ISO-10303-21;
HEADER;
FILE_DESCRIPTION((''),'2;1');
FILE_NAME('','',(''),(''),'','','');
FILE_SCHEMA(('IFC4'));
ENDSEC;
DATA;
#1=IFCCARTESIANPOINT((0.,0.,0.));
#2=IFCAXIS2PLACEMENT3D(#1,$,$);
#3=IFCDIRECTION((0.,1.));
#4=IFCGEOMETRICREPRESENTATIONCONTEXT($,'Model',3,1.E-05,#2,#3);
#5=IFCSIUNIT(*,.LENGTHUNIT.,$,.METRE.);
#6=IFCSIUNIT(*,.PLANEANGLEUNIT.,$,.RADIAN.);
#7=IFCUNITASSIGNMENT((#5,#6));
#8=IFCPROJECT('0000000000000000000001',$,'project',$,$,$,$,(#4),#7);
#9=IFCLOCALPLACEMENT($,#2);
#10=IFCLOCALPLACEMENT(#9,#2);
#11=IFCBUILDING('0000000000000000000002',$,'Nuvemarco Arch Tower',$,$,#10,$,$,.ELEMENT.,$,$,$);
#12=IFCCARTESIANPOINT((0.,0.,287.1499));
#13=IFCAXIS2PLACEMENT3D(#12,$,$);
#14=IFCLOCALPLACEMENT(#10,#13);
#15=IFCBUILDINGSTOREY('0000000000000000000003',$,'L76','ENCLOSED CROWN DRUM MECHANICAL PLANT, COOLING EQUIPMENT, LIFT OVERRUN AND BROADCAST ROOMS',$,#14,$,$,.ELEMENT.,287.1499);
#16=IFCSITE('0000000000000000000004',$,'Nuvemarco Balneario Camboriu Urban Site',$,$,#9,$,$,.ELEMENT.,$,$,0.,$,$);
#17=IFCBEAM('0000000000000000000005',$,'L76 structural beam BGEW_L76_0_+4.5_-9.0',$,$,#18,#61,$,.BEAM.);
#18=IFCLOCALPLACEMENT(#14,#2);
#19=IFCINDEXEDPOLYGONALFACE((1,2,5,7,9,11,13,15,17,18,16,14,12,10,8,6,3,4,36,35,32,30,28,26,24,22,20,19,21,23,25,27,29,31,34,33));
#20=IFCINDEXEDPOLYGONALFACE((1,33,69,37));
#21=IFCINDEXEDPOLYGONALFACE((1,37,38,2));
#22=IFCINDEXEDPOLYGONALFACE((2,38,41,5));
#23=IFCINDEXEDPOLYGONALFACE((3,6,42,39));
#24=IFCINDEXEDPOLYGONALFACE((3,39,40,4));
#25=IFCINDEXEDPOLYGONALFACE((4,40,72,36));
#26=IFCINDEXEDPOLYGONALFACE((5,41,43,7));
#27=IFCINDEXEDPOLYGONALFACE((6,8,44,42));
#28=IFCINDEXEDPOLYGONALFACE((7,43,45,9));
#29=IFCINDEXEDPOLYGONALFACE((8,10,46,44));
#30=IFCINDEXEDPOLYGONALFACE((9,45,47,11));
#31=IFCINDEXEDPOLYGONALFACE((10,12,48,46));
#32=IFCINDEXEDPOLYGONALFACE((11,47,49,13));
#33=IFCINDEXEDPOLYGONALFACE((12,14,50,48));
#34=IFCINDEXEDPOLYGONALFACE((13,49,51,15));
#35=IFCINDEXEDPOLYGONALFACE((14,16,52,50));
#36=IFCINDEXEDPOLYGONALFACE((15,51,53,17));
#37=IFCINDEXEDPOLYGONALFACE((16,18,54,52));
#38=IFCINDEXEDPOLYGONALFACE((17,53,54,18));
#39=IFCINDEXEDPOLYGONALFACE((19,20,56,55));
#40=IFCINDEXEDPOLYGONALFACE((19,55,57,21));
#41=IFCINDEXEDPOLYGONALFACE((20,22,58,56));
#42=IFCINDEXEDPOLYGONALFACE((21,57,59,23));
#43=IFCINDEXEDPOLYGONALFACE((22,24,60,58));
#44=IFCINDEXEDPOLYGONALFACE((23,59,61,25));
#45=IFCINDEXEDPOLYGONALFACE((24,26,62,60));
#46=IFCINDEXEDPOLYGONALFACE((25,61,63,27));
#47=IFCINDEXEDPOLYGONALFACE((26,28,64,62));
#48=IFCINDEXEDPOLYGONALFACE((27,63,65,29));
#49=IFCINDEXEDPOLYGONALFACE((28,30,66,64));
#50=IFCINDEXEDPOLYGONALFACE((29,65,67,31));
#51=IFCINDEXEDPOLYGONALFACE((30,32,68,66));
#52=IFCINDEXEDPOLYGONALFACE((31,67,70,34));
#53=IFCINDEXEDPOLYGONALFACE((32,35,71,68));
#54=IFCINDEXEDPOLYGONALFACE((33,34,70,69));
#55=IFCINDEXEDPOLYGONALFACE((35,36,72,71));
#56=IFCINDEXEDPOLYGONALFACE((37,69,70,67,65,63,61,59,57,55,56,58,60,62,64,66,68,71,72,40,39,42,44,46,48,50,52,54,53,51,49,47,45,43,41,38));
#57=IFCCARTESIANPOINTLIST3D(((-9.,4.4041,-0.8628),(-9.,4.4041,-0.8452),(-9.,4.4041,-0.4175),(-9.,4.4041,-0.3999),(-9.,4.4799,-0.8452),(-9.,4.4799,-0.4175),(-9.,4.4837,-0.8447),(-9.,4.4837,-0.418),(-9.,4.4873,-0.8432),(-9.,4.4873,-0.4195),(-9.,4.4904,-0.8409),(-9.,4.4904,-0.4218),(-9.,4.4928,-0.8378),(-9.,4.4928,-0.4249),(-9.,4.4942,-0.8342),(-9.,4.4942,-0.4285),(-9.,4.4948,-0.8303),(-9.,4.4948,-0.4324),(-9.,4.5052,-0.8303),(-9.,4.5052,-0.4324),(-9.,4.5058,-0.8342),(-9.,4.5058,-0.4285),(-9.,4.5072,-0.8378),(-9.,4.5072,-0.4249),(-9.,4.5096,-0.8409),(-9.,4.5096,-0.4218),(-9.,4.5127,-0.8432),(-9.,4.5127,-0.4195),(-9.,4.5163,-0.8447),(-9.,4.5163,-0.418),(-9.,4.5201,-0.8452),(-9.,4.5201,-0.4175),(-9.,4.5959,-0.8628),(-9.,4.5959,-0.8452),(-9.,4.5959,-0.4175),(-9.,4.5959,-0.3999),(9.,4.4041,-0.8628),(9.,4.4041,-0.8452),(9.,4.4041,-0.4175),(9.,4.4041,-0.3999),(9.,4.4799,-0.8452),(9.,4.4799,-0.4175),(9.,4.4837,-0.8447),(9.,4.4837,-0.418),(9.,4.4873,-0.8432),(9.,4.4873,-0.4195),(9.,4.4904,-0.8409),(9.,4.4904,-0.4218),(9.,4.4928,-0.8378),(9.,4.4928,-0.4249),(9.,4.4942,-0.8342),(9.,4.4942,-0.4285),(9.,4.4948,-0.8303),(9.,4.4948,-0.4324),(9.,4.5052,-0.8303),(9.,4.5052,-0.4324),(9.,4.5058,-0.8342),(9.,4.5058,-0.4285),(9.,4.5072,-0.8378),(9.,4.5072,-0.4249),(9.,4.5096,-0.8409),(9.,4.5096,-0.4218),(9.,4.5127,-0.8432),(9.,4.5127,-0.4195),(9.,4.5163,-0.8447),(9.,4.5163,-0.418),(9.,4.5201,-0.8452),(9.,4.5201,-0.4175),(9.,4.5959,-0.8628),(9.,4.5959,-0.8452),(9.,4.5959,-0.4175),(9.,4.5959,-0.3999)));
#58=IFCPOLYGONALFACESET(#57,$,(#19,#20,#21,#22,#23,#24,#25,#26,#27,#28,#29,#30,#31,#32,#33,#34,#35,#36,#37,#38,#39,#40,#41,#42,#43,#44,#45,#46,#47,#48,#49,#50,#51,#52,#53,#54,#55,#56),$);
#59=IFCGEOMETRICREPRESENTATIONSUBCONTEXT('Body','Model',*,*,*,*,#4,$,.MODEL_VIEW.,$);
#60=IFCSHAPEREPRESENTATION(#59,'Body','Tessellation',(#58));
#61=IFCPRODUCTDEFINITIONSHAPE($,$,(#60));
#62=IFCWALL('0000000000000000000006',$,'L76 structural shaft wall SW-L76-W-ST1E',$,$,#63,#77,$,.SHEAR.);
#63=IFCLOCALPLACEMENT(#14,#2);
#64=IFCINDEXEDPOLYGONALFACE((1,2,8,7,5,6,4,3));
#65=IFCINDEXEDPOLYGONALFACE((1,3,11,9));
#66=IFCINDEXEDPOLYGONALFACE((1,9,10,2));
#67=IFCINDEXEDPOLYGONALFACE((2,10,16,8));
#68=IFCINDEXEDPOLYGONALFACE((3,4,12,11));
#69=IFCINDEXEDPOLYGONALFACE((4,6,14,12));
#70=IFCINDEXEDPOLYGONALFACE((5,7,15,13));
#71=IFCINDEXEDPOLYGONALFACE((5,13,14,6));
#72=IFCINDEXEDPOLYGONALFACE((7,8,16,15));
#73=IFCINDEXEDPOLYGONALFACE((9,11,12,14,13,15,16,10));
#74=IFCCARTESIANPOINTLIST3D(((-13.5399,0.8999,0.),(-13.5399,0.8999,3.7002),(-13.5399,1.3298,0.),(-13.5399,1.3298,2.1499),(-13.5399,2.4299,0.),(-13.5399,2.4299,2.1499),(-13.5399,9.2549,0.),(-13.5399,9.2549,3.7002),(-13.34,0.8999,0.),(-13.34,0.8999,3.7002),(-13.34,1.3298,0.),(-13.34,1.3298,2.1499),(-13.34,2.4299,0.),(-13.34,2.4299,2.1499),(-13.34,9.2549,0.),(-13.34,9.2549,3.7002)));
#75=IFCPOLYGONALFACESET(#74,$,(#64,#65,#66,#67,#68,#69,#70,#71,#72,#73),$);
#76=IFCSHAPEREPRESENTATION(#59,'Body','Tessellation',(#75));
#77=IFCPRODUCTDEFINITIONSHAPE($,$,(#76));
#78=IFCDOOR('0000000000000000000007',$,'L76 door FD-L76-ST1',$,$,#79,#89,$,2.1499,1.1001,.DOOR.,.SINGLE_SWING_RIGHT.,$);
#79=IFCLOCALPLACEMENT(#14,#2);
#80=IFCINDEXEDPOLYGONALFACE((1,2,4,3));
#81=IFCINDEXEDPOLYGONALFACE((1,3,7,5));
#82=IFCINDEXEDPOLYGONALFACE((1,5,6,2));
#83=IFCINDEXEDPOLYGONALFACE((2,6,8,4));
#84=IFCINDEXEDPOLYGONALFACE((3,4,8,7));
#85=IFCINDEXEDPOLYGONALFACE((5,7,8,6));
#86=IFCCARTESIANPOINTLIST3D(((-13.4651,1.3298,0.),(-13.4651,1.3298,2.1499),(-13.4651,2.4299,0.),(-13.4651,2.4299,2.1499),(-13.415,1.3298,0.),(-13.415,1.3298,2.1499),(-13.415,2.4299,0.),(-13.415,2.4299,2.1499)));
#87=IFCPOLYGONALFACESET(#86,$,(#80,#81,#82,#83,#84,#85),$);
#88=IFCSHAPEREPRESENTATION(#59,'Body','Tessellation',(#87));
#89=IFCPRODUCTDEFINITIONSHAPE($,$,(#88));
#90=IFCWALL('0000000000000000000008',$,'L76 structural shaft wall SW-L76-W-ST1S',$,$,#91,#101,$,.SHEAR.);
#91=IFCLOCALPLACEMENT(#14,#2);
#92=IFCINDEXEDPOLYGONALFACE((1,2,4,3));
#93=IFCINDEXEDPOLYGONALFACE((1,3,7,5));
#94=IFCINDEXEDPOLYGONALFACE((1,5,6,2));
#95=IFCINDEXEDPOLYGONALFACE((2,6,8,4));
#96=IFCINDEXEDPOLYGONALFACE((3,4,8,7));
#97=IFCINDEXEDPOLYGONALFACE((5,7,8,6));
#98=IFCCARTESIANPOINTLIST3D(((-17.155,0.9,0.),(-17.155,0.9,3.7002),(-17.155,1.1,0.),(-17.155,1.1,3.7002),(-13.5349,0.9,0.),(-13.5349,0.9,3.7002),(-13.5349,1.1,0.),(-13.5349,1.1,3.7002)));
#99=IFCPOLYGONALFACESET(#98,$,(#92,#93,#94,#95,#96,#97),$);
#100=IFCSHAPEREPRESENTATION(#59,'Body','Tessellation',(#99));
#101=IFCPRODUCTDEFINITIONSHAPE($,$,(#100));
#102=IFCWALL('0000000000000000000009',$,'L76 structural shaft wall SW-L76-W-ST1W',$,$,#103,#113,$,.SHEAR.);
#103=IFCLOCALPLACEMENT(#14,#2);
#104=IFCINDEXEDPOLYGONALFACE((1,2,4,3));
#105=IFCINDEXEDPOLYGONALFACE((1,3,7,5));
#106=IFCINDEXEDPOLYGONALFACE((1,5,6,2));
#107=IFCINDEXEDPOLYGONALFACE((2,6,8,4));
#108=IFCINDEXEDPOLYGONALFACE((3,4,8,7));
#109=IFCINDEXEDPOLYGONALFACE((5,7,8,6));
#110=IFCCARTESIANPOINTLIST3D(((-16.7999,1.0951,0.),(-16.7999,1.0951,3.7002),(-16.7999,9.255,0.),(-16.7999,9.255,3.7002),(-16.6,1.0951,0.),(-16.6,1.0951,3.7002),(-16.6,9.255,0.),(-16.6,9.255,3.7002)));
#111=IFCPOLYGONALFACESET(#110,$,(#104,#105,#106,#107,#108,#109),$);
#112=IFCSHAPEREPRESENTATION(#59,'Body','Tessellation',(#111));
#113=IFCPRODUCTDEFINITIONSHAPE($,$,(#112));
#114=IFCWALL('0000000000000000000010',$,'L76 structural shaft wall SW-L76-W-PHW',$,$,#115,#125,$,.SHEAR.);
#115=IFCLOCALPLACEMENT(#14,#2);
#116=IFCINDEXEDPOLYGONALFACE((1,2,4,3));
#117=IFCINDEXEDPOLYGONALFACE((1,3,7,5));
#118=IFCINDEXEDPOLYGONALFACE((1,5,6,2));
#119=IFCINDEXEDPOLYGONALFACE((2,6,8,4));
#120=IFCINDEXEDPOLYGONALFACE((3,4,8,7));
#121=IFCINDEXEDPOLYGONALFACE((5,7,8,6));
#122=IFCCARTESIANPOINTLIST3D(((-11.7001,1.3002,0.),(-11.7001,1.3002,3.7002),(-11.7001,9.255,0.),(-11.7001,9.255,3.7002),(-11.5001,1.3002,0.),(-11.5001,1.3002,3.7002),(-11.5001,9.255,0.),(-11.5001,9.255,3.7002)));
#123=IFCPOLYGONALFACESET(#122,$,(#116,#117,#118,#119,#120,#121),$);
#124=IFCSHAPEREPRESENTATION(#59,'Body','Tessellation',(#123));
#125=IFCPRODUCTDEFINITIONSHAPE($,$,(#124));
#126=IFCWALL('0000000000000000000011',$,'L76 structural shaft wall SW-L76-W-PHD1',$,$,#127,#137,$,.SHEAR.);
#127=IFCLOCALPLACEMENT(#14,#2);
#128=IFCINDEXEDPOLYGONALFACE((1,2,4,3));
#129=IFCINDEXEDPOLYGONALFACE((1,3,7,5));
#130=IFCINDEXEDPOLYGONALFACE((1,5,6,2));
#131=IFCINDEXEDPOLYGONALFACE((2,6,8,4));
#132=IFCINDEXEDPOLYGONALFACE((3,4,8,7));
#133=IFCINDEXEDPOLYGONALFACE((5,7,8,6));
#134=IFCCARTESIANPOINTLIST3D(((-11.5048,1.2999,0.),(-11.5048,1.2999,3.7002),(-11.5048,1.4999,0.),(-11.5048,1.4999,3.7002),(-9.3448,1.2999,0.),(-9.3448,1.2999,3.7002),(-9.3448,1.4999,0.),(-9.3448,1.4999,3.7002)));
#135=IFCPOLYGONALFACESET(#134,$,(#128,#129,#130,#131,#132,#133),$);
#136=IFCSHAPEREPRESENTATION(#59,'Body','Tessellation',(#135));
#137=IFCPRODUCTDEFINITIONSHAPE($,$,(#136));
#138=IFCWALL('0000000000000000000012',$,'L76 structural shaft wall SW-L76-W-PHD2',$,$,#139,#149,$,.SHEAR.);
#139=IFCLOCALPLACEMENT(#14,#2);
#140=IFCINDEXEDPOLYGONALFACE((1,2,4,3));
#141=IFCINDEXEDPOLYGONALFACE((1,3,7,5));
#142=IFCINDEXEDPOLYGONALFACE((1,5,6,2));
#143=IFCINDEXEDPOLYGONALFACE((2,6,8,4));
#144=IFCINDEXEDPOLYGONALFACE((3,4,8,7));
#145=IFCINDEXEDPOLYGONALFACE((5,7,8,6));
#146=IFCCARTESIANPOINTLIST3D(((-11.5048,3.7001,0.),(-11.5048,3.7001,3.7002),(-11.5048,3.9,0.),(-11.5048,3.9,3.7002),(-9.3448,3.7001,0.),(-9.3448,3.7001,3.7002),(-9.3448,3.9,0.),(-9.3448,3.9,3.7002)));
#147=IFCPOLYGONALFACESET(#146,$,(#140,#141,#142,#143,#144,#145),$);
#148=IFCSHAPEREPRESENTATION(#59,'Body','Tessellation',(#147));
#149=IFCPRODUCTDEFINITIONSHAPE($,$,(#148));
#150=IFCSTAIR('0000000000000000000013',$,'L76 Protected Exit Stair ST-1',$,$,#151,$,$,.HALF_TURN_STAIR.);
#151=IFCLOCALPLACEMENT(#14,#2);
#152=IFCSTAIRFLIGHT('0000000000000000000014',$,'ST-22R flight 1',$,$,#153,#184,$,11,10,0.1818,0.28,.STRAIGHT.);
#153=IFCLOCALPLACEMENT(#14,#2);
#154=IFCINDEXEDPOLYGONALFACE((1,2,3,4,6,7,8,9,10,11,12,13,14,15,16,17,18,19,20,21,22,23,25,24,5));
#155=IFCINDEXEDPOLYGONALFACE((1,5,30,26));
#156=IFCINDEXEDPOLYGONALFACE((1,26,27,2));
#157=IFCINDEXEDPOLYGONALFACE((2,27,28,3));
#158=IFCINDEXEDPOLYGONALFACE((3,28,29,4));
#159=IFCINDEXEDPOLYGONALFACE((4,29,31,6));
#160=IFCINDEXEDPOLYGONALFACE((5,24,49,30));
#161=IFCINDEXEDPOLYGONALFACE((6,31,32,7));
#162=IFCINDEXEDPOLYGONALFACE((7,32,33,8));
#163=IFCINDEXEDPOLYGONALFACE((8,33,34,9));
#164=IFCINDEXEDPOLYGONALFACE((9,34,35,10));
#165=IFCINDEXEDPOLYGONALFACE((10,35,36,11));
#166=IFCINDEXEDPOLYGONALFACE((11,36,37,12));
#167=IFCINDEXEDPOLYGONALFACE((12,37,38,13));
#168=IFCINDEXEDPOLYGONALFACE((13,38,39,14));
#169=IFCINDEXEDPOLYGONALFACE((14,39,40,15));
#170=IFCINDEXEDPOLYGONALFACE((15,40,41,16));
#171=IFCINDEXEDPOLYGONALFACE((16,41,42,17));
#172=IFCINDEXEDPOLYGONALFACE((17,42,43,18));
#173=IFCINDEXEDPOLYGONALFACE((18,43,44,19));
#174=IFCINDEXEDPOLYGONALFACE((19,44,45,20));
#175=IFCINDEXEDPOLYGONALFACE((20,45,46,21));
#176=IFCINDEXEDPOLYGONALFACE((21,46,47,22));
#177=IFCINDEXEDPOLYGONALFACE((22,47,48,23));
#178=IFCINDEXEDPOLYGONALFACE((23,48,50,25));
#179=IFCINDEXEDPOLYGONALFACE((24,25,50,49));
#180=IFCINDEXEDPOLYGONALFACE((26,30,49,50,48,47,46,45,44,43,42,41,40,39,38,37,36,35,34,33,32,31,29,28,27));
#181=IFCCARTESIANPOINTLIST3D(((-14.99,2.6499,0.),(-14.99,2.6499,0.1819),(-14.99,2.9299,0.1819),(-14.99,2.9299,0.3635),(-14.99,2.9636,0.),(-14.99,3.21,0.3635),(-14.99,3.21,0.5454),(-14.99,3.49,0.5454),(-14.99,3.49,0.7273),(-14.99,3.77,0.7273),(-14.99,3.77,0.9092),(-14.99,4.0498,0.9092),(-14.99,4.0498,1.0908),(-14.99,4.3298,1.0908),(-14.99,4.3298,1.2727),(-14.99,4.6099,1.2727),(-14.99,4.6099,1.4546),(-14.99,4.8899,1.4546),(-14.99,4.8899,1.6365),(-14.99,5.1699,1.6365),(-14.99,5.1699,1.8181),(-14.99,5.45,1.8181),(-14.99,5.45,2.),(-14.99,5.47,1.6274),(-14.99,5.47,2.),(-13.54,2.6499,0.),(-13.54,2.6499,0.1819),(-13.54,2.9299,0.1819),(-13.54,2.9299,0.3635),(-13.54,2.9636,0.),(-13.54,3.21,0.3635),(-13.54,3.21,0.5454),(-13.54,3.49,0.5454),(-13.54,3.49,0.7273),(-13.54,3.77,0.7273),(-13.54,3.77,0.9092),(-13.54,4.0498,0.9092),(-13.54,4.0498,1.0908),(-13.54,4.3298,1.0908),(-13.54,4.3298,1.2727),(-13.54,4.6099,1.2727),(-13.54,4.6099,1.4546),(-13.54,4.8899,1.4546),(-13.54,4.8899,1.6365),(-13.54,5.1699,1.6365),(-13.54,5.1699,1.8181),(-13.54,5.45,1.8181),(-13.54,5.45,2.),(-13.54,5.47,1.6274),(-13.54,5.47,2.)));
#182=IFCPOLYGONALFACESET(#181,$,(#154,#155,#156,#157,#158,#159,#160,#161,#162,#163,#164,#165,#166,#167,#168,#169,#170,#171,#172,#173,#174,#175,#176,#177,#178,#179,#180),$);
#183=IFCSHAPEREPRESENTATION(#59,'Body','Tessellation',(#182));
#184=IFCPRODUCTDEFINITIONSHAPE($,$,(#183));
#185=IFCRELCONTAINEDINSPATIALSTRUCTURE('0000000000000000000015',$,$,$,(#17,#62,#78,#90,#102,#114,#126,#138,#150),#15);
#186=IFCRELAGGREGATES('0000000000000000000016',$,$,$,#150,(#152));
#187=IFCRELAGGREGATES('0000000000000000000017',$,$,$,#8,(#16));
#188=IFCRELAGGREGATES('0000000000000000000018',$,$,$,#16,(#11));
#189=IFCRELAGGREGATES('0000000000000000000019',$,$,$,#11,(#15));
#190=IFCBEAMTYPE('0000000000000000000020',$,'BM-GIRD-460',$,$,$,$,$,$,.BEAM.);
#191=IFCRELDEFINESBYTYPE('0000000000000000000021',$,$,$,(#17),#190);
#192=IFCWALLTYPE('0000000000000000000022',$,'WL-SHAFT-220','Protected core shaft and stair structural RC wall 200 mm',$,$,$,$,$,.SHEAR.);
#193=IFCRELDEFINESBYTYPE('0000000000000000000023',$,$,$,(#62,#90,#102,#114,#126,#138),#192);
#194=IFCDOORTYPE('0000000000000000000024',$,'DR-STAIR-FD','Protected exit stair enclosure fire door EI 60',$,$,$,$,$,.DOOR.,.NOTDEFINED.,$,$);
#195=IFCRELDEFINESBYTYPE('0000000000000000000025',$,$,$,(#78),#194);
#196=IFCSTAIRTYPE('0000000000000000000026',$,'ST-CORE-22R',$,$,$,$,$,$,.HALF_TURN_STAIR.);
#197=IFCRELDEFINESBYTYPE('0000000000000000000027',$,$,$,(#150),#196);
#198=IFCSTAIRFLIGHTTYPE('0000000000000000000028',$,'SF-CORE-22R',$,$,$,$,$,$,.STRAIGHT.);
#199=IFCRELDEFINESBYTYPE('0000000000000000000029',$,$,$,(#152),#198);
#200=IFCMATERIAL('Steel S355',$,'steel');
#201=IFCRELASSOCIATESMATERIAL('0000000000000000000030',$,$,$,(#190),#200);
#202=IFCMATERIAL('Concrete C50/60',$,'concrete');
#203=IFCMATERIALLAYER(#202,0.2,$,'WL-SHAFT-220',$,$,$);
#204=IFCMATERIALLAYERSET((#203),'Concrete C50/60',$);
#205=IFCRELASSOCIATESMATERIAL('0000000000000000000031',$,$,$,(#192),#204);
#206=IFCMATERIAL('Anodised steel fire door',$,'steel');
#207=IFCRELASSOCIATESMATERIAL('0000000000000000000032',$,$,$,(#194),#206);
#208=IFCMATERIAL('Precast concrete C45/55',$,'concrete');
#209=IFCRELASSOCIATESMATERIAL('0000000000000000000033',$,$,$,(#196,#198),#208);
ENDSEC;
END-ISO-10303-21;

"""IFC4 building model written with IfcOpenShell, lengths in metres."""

from ifc_helpers import new_model, si_unit, direction, frame, frame_2d, origin, origin_2d, place, context, subcontext, project, spatial, polyline, rectangle, i_section, outline, extrude, source, transform, mapped, material, layer, layer_set, material_profile, profile_set, type_object, type_shapes, element, fill, aggregate, save


model = new_model("IFC4")

# Units and contexts
model_context = context("Model", 3, precision=1e-05, world=origin(), true_north=direction((0.0, 1.0)))
body_context = subcontext(model_context, "Body", "Model", "MODEL_VIEW")
ifc_project = project(units=[si_unit("LENGTHUNIT", "METRE"), si_unit("PLANEANGLEUNIT", "RADIAN")], contexts=[model_context])

# Site, building, storey
site_placement = place(None, origin())
site = spatial("IfcSite", under=ifc_project, at=site_placement, Name="Nuvemarco Balneario Camboriu Urban Site", CompositionType="ELEMENT", RefElevation=0.0)
building_placement = place(site_placement, origin())
building = spatial("IfcBuilding", under=site, at=building_placement, Name="Nuvemarco Arch Tower", CompositionType="ELEMENT")
storey_placement = place(building_placement, frame((0.0, 0.0, 287.1499)))
storey = spatial("IfcBuildingStorey", under=building, at=storey_placement, Name="L76", Description="ENCLOSED CROWN DRUM MECHANICAL PLANT, COOLING EQUIPMENT, LIFT OVERRUN AND BROADCAST ROOMS", CompositionType="ELEMENT", Elevation=287.1499)

# Shared definitions
ifc_material_1 = material(Name="Concrete C50/60", Category="concrete")

# Beam
ifc_material_2 = material(Name="Steel S355", Category="steel")
ifc_material_profile_1 = material_profile(ifc_material_2, i_section(OverallWidth=0.1919, OverallDepth=0.4629, WebThickness=0.0105, FlangeThickness=0.0176, FilletRadius=0.0149, at=origin_2d()), Name="W460x89")
ifc_profile_set_1 = profile_set([ifc_material_profile_1], Name="Steel S355")
beam_type = type_object("IfcBeamType", Name="BM-GIRD-460", PredefinedType="BEAM", material=ifc_profile_set_1)
beam_1_placement = place(storey_placement, frame((-9.0, 4.5, -0.6313), z_axis=(1.0, 0.0, 0.0), x_axis=(0.0, 1.0, 0.0)))
element("IfcBeam", 1, at=beam_1_placement, inside=storey, type_object=beam_type, Name="L76 structural beam BGEW_L76_0_+4.5_-9.0", PredefinedType="BEAM", context=body_context, shape_type="SweptSolid", body=[
    extrude(i_section(OverallWidth=0.1919, OverallDepth=0.4629, WebThickness=0.0105, FlangeThickness=0.0176, FilletRadius=0.0149, at=origin_2d()), origin(), (0.0, 0.0, 1.0), 18.0),
])

# Wall, opening, door
ifc_layer = layer(ifc_material_1, 0.2, Name="WL-SHAFT-220")
ifc_layer_set = layer_set([ifc_layer], Name="Concrete C50/60")
wall_type = type_object("IfcWallType", Name="WL-SHAFT-220", Description="Protected core shaft and stair structural RC wall 200 mm", PredefinedType="SHEAR", material=ifc_layer_set)
wall_1_placement = place(storey_placement, frame((-13.4399, 0.8999, 0.0), z_axis=(0.0, 0.0, 1.0), x_axis=(0.0, 1.0, 0.0)))
wall_1 = element("IfcWall", 2, at=wall_1_placement, inside=storey, type_object=wall_type, Name="L76 structural shaft wall SW-L76-W-ST1E", PredefinedType="SHEAR", context=body_context, shape_type="SweptSolid", body=[
    extrude(rectangle(XDim=8.355, YDim=0.2, at=frame_2d((4.1775, 0.0))), origin(), (0.0, 0.0, 1.0), 3.7002),
])
opening_placement = place(wall_1_placement, frame((1.53, 0.0, 0.0), z_axis=(0.0, 0.0, 1.0), x_axis=(-1.0, 0.0, 0.0)))
opening = element("IfcOpeningElement", 3, at=opening_placement, cuts=wall_1, PredefinedType="OPENING", context=body_context, shape_type="SweptSolid", body=[
    extrude(rectangle(XDim=1.1001, YDim=2.1499, at=frame_2d((0.55, 1.075))), frame((0.0, 0.1099, 0.0), z_axis=(0.0, -1.0, 0.0), x_axis=(1.0, 0.0, 0.0)), (0.0, 0.0, 1.0), 0.22),
])
ifc_material_3 = material(Name="Anodised steel fire door", Category="steel")
door_type = type_object("IfcDoorType", Name="DR-STAIR-FD", Description="Protected exit stair enclosure fire door EI 60", OperationType="NOTDEFINED", PredefinedType="DOOR", material=ifc_material_3)
shared_shape = source(origin(), body_context, "Body", "SweptSolid", [
    extrude(rectangle(XDim=1.1001, YDim=2.1499, at=frame_2d((0.55, 1.075))), frame((0.0, 0.0249, 0.0), z_axis=(0.0, -1.0, 0.0), x_axis=(1.0, 0.0, 0.0)), (0.0, 0.0, 1.0), 0.05),
])
type_shapes(door_type, [shared_shape])
door_placement = place(opening_placement, origin())
door = element("IfcDoor", 4, at=door_placement, inside=storey, type_object=door_type, Name="L76 door FD-L76-ST1", OperationType="SINGLE_SWING_RIGHT", OverallHeight=2.1499, OverallWidth=1.1001, PredefinedType="DOOR", context=body_context, shape_type="MappedRepresentation", body=[
    mapped(shared_shape, transform((0.0, 0.0, 0.0), scale=1.0)),
])
fill(opening, door)

# Walls
wall_2_placement = place(storey_placement, frame((-17.155, 1.0, 0.0), z_axis=(0.0, 0.0, 1.0), x_axis=(1.0, 0.0, 0.0)))
element("IfcWall", 5, at=wall_2_placement, inside=storey, type_object=wall_type, Name="L76 structural shaft wall SW-L76-W-ST1S", PredefinedType="SHEAR", context=body_context, shape_type="SweptSolid", body=[
    extrude(rectangle(XDim=3.6201, YDim=0.2, at=frame_2d((1.8101, 0.0))), origin(), (0.0, 0.0, 1.0), 3.7002),
])
wall_3_placement = place(storey_placement, frame((-16.7, 1.095, 0.0), z_axis=(0.0, 0.0, 1.0), x_axis=(0.0, 1.0, 0.0)))
element("IfcWall", 6, at=wall_3_placement, inside=storey, type_object=wall_type, Name="L76 structural shaft wall SW-L76-W-ST1W", PredefinedType="SHEAR", context=body_context, shape_type="SweptSolid", body=[
    extrude(rectangle(XDim=8.1599, YDim=0.2, at=frame_2d((4.0801, 0.0))), origin(), (0.0, 0.0, 1.0), 3.7002),
])
wall_4_placement = place(storey_placement, frame((-11.6001, 1.3, 0.0), z_axis=(0.0, 0.0, 1.0), x_axis=(0.0, 1.0, 0.0)))
element("IfcWall", 7, at=wall_4_placement, inside=storey, type_object=wall_type, Name="L76 structural shaft wall SW-L76-W-PHW", PredefinedType="SHEAR", context=body_context, shape_type="SweptSolid", body=[
    extrude(rectangle(XDim=7.9548, YDim=0.2, at=frame_2d((3.9775, 0.0))), origin(), (0.0, 0.0, 1.0), 3.7002),
])
for number, where, z_axis, x_axis, name in (
    (8, (-11.5049, 1.3999, 0.0), (0.0, 0.0, 1.0), (1.0, 0.0, 0.0), "L76 structural shaft wall SW-L76-W-PHD1"),
    (9, (-11.5049, 3.8, 0.0), (0.0, 0.0, 1.0), (1.0, 0.0, 0.0), "L76 structural shaft wall SW-L76-W-PHD2"),
):
    element("IfcWall", number, at=place(storey_placement, frame(where, z_axis=z_axis, x_axis=x_axis)), inside=storey, type_object=wall_type, Name=name, PredefinedType="SHEAR", context=body_context, shape_type="SweptSolid", body=[
        extrude(rectangle(XDim=2.1599, YDim=0.2, at=frame_2d((1.0801, 0.0))), origin(), (0.0, 0.0, 1.0), 3.7002),
    ])

# Stair, stair flight
ifc_material_4 = material(Name="Precast concrete C45/55", Category="concrete")
stair_type = type_object("IfcStairType", Name="ST-CORE-22R", PredefinedType="HALF_TURN_STAIR", material=ifc_material_4)
stair_placement = place(storey_placement, origin())
stair = element("IfcStair", 10, at=stair_placement, inside=storey, type_object=stair_type, Name="L76 Protected Exit Stair ST-1", PredefinedType="HALF_TURN_STAIR")
stair_flight_type = type_object("IfcStairFlightType", Name="SF-CORE-22R", PredefinedType="STRAIGHT", material=ifc_material_4)
stair_flight_1_placement = place(storey_placement, frame((-14.2649, 2.6499, 0.0), z_axis=(0.0, 0.0, 1.0), x_axis=(0.0, 1.0, 0.0)))
stair_flight_1 = element("IfcStairFlight", 11, at=stair_flight_1_placement, type_object=stair_flight_type, Name="ST-22R flight 1", NumberOfRisers=11, NumberOfTreads=10, PredefinedType="STRAIGHT", RiserHeight=0.1818, TreadLength=0.28, context=body_context, shape_type="SweptSolid", body=[
    extrude(outline(polyline([(0.0, 0.0), (0.0, 0.1819), (0.28, 0.1819), (0.28, 0.3635), (0.5601, 0.3635), (0.5601, 0.5454), (0.8401, 0.5454), (0.8401, 0.7273), (1.1201, 0.7273), (1.1201, 0.9092), (1.3999, 0.9092), (1.3999, 1.0908), (1.6799, 1.0908), (1.6799, 1.2727), (1.96, 1.2727), (1.96, 1.4546), (2.24, 1.4546), (2.24, 1.6365), (2.52, 1.6365), (2.52, 1.8181), (2.8, 1.8181), (2.8, 2.0), (2.8201, 2.0), (2.8201, 1.6274), (0.3137, 0.0), (0.0, 0.0)])), frame((0.0, 0.7251, 0.0), z_axis=(0.0, -1.0, 0.0), x_axis=(1.0, 0.0, 0.0)), (0.0, 0.0, 1.0), 1.45),
])
aggregate(stair, [stair_flight_1])

save(model, "model.ifc")
